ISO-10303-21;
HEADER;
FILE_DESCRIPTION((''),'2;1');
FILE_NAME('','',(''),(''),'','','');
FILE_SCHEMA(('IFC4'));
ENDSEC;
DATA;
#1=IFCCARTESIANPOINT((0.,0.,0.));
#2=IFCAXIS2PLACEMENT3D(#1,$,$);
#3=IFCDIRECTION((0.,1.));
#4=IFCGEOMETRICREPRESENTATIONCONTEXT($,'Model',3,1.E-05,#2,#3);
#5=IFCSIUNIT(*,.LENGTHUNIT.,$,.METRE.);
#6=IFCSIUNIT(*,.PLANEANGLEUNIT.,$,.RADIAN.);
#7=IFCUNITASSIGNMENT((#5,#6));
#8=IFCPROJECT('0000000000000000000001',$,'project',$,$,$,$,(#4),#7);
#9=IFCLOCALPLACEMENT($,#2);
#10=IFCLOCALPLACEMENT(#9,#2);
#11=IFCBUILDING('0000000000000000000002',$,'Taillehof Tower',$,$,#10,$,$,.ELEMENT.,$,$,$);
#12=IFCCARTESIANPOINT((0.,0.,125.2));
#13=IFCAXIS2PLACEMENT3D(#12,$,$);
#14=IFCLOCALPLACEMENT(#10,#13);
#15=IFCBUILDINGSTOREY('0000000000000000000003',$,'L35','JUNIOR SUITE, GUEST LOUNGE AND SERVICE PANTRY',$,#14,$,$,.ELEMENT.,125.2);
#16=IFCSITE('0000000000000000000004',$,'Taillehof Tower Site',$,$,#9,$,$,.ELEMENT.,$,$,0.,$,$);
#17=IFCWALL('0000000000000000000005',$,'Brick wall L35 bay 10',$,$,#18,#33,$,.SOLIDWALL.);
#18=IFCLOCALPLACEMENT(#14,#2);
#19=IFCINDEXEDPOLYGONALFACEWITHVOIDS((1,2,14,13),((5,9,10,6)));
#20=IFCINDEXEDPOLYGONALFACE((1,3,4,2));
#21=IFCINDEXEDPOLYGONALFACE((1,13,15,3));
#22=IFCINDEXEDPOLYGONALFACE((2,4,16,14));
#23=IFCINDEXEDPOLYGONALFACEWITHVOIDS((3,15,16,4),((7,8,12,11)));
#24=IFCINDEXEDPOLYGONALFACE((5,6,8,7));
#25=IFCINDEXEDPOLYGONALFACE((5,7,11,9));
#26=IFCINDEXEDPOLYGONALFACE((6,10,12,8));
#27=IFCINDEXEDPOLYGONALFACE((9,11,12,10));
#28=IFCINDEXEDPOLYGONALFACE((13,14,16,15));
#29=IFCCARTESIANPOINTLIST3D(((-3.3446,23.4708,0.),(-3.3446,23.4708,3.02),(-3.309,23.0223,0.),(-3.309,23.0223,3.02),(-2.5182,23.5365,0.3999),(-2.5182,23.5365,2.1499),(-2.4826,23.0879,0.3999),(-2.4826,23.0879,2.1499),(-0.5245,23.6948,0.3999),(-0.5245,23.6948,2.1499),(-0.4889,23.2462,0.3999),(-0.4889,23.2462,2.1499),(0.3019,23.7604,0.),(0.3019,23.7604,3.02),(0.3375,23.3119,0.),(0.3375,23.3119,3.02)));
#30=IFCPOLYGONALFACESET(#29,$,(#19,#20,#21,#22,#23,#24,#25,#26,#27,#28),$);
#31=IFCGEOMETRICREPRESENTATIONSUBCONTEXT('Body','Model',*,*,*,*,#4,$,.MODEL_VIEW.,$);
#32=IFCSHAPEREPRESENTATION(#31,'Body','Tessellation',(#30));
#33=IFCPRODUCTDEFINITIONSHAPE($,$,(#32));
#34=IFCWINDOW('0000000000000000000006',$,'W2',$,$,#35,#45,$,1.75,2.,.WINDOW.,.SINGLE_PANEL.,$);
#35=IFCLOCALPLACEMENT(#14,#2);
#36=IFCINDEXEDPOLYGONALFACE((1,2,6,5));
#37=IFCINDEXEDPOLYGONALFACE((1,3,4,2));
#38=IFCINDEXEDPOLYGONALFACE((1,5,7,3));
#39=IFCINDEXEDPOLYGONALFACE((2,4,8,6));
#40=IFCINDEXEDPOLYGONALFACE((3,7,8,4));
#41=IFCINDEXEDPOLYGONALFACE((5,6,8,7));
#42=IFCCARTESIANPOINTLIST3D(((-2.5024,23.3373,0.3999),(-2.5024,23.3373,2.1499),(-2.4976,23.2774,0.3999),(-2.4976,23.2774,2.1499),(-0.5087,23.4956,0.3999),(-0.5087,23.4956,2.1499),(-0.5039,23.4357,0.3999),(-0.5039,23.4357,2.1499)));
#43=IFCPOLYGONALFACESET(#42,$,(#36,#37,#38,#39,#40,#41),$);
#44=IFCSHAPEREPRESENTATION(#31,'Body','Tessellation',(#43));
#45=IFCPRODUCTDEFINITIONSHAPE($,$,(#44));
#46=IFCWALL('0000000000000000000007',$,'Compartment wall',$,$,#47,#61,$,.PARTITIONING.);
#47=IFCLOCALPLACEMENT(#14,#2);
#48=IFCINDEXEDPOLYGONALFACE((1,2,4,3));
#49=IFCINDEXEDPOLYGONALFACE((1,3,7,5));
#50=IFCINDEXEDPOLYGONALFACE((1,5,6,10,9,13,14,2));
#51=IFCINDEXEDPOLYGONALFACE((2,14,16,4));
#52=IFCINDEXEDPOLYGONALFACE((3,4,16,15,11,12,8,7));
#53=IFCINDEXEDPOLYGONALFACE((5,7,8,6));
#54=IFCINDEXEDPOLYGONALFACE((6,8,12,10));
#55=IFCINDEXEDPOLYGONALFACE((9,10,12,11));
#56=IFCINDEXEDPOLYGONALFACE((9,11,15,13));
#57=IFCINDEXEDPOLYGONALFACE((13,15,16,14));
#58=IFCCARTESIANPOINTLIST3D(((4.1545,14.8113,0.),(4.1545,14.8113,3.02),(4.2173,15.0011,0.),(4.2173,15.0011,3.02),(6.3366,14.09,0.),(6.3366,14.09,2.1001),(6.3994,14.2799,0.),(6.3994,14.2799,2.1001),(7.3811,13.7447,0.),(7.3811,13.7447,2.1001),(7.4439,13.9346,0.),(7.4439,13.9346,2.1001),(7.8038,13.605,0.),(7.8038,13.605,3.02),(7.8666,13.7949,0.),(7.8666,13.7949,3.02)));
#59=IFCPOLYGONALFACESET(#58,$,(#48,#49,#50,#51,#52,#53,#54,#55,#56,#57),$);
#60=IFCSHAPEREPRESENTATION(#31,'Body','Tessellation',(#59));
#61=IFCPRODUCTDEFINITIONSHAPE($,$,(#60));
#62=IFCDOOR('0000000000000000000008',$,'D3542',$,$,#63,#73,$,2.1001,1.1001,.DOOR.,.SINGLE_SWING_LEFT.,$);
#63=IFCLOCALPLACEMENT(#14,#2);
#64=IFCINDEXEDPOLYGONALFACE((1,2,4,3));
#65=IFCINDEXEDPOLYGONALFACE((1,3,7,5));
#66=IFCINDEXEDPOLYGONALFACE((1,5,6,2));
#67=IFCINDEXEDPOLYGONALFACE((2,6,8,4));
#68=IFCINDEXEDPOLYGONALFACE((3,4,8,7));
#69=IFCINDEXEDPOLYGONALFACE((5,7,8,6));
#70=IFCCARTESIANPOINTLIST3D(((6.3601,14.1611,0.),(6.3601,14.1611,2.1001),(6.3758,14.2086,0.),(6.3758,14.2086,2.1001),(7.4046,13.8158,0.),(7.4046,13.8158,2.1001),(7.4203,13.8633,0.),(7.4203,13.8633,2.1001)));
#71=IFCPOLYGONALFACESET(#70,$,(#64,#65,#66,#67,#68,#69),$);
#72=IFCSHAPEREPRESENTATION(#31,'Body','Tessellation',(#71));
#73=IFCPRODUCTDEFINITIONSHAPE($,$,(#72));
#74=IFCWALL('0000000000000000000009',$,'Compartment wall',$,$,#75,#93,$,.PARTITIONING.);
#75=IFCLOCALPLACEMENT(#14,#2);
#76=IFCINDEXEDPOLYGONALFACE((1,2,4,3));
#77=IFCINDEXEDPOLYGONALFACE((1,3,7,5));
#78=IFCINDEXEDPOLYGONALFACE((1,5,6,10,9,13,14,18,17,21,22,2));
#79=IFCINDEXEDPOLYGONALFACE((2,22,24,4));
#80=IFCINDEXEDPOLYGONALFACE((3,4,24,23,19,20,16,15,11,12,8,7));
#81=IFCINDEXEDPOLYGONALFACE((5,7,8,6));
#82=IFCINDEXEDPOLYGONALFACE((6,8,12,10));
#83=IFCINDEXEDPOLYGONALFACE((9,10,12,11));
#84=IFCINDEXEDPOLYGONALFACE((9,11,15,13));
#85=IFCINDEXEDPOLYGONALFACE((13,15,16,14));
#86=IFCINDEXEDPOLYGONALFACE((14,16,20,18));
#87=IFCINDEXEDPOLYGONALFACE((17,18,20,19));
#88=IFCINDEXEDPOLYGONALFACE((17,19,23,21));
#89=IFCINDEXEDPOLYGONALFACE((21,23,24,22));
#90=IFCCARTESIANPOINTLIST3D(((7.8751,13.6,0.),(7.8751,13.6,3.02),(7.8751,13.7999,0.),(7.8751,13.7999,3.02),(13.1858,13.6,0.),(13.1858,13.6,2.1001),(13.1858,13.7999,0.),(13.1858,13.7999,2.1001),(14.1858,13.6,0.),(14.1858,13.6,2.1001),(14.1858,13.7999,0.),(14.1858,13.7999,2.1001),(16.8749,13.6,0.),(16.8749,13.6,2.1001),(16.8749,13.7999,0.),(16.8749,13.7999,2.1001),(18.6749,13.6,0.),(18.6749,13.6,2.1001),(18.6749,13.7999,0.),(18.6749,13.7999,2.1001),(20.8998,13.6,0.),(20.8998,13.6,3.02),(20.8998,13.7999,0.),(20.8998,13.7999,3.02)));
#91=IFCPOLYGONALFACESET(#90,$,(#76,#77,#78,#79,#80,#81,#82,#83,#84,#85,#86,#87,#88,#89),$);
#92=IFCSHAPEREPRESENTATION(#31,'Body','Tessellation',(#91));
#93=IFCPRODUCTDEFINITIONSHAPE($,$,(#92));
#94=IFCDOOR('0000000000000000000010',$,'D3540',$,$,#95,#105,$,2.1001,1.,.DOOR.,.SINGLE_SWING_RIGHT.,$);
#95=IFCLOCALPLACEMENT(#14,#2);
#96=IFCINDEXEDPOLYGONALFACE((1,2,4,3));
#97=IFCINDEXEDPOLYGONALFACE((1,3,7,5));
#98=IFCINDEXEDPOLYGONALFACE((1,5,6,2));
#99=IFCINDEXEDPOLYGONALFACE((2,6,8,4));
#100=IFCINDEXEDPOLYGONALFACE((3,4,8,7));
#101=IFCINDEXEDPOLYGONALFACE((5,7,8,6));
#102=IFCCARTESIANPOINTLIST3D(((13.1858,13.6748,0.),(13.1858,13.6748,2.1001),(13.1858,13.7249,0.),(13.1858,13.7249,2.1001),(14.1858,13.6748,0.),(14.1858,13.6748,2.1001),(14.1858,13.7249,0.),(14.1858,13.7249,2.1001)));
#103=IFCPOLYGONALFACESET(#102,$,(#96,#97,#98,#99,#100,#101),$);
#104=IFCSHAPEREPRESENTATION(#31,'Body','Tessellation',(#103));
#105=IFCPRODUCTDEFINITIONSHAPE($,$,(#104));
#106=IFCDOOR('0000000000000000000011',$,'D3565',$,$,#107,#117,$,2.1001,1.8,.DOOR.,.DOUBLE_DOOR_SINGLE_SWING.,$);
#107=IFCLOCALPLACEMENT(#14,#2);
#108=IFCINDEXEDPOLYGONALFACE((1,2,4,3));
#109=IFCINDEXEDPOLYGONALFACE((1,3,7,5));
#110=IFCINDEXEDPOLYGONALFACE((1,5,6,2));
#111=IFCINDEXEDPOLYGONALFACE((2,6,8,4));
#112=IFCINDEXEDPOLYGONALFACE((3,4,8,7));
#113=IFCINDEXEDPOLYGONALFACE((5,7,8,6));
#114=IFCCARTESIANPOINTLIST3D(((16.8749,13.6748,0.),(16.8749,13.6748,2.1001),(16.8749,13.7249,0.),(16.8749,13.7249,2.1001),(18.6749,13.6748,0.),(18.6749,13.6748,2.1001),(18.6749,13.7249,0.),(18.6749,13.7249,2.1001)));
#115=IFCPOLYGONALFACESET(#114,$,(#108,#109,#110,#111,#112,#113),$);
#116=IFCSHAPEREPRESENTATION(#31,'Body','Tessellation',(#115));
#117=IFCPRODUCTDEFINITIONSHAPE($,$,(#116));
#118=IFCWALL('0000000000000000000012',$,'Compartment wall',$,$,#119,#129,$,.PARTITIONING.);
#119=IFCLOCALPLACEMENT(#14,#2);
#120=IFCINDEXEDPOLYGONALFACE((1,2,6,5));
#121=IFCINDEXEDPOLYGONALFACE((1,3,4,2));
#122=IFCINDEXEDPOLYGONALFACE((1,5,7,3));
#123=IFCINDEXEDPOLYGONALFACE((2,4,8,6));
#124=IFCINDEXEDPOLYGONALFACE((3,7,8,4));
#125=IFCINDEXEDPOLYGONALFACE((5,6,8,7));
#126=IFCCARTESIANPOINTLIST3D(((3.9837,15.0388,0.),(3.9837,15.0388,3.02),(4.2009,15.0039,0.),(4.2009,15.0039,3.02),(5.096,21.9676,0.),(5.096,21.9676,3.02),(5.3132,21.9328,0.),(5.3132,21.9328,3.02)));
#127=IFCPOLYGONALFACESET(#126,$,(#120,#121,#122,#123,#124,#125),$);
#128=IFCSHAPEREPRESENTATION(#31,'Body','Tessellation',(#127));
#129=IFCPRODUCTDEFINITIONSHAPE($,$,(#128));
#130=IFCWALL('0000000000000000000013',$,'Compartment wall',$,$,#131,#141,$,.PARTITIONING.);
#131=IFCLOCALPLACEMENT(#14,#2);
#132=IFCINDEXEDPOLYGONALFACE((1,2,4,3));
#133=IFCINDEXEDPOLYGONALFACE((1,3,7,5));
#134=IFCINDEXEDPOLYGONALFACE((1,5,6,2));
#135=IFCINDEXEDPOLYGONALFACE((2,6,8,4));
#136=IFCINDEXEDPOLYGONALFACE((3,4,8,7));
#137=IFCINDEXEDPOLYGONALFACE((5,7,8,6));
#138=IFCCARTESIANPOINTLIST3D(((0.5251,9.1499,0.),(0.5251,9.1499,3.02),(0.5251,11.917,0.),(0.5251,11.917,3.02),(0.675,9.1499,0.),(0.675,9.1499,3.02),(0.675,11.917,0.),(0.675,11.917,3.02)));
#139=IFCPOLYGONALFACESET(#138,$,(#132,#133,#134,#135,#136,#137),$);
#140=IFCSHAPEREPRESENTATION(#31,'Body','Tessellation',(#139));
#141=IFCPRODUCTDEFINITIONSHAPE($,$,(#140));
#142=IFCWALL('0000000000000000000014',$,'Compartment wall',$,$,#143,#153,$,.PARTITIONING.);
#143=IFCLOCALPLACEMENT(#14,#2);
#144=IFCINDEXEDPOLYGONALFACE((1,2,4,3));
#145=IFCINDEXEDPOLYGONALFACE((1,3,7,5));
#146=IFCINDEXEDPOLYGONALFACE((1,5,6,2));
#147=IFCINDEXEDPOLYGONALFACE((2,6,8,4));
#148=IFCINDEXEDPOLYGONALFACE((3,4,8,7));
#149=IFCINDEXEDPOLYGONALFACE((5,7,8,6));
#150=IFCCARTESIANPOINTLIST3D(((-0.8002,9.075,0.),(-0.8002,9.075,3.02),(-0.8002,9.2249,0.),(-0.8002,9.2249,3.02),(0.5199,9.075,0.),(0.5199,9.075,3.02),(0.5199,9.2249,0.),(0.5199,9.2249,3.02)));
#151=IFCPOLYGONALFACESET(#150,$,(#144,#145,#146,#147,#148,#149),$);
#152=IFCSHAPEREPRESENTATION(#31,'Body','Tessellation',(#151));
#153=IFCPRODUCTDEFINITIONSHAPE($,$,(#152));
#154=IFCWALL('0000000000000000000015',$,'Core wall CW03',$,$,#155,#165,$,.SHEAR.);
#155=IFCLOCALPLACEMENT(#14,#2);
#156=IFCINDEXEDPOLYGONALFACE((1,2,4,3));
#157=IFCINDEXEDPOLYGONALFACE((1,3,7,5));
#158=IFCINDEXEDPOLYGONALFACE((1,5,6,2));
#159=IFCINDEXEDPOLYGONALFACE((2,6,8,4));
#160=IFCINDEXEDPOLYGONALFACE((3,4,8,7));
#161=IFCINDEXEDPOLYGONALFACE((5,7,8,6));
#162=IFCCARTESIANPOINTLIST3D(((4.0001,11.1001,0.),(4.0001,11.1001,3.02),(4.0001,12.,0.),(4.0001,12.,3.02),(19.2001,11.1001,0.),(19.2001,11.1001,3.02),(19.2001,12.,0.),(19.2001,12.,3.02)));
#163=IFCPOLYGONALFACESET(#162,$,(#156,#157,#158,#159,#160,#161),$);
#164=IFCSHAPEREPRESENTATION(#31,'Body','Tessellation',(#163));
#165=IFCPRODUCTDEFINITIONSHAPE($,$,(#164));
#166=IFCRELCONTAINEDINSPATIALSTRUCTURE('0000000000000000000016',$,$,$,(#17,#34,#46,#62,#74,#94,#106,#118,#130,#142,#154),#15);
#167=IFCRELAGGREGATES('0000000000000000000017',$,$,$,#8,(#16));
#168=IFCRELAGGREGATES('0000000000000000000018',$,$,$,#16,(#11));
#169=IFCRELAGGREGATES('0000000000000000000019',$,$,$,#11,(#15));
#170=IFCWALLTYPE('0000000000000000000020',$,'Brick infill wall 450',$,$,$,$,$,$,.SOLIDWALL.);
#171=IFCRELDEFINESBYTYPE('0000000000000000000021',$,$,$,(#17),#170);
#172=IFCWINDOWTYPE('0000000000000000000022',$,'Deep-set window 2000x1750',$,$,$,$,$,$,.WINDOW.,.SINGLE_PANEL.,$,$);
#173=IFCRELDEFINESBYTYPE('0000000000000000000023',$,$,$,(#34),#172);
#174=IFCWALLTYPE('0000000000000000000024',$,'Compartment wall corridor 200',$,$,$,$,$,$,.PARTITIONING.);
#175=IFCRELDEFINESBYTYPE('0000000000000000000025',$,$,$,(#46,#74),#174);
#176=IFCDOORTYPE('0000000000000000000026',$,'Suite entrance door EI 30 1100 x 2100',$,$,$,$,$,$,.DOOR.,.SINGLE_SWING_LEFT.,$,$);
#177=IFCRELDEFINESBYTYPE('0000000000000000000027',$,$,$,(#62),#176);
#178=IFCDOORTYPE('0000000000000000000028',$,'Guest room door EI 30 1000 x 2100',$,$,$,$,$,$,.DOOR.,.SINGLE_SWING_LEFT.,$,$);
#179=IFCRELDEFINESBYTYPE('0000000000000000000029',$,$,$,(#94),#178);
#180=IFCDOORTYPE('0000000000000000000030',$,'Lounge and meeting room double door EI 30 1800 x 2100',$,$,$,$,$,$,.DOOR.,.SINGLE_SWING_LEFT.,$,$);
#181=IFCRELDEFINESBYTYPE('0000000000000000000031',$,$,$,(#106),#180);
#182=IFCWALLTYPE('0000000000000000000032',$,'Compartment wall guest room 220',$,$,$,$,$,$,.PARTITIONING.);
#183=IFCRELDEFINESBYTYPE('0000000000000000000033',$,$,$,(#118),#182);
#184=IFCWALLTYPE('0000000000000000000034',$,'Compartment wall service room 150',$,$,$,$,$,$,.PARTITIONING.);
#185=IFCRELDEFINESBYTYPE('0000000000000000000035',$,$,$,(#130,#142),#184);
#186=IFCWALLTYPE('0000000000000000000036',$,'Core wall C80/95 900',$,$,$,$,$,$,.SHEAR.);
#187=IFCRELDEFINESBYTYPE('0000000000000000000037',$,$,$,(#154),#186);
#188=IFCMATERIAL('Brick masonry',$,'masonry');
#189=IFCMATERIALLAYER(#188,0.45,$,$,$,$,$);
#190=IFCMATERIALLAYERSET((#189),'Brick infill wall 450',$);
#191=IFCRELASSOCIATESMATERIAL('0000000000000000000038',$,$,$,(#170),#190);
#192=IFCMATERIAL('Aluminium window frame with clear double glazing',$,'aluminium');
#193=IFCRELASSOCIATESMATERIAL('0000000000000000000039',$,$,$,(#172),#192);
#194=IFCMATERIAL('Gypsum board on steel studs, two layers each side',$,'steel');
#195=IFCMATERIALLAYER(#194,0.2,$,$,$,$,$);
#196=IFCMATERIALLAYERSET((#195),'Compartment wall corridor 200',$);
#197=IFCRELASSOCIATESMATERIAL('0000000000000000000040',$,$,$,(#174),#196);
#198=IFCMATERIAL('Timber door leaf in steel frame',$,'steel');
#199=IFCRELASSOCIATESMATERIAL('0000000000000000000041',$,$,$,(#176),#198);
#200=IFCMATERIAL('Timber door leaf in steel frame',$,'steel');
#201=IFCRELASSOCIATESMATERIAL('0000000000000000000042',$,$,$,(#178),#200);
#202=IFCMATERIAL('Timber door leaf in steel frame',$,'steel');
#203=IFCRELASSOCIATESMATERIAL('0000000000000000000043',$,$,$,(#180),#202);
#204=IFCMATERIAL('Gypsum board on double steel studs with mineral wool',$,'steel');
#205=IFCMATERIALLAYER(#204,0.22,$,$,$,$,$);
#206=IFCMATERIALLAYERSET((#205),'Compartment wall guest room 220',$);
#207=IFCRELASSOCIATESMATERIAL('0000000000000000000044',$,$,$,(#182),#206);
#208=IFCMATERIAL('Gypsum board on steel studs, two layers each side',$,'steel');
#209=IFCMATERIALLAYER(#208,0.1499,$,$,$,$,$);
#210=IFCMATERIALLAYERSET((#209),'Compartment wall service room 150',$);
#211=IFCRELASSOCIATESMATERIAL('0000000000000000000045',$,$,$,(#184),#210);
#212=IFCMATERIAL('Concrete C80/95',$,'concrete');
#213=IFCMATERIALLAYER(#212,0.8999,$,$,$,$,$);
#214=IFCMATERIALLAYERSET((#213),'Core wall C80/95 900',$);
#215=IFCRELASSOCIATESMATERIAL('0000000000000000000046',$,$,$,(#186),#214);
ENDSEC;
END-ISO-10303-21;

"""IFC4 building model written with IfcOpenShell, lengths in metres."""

from ifc_helpers import new_model, si_unit, direction, frame, frame_2d, origin, place, context, subcontext, project, spatial, rectangle, extrude, material, layer, layer_set, type_object, element, fill, save


model = new_model("IFC4")

# Units and contexts
model_context = context("Model", 3, precision=1e-05, world=origin(), true_north=direction((0.0, 1.0)))
body_context = subcontext(model_context, "Body", "Model", "MODEL_VIEW")
ifc_project = project(units=[si_unit("LENGTHUNIT", "METRE"), si_unit("PLANEANGLEUNIT", "RADIAN")], contexts=[model_context])

# Site, building, storey
site_placement = place(None, origin())
site = spatial("IfcSite", under=ifc_project, at=site_placement, Name="Taillehof Tower Site", CompositionType="ELEMENT", RefElevation=0.0)
building_placement = place(site_placement, origin())
building = spatial("IfcBuilding", under=site, at=building_placement, Name="Taillehof Tower", CompositionType="ELEMENT")
storey_placement = place(building_placement, frame((0.0, 0.0, 125.2)))
storey = spatial("IfcBuildingStorey", under=building, at=storey_placement, Name="L35", Description="JUNIOR SUITE, GUEST LOUNGE AND SERVICE PANTRY", CompositionType="ELEMENT", Elevation=125.2)

# Wall, opening, window
ifc_material_1 = material(Name="Brick masonry", Category="masonry")
ifc_layer_1 = layer(ifc_material_1, 0.45)
ifc_layer_set_1 = layer_set([ifc_layer_1], Name="Brick infill wall 450")
wall_type_1 = type_object("IfcWallType", Name="Brick infill wall 450", PredefinedType="SOLIDWALL", material=ifc_layer_set_1)
ifc_material_2 = material(Name="Aluminium window frame with clear double glazing", Category="aluminium")
window_type = type_object("IfcWindowType", Name="Deep-set window 2000x1750", PartitioningType="SINGLE_PANEL", PredefinedType="WINDOW", material=ifc_material_2)
wall_1_placement = place(storey_placement, frame((0.3198, 23.5361, 0.0), z_axis=(0.0, 0.0, 1.0), x_axis=(-0.996862, -0.079156, 0.0)))
wall_1 = element("IfcWall", 1, at=wall_1_placement, inside=storey, type_object=wall_type_1, Name="Brick wall L35 bay 10", PredefinedType="SOLIDWALL", context=body_context, shape_type="SweptSolid", body=[
    extrude(rectangle(XDim=3.658, YDim=0.45, at=frame_2d((1.8291, 0.0))), origin(), (0.0, 0.0, 1.0), 3.02),
])
opening_1_placement = place(wall_1_placement, frame((0.8291, 0.0, 0.3999)))
opening_1 = element("IfcOpeningElement", 2, at=opening_1_placement, cuts=wall_1, PredefinedType="OPENING", context=body_context, shape_type="SweptSolid", body=[
    extrude(rectangle(XDim=2.0, YDim=1.75, at=frame_2d((1.0, 0.875))), frame((0.0, 0.2349, 0.0), z_axis=(0.0, -1.0, 0.0), x_axis=(1.0, 0.0, 0.0)), (0.0, 0.0, 1.0), 0.47),
])
window_1_placement = place(opening_1_placement, origin())
window_1 = element("IfcWindow", 3, at=window_1_placement, inside=storey, type_object=window_type, Name="W2", OverallHeight=1.75, OverallWidth=2.0, PartitioningType="SINGLE_PANEL", PredefinedType="WINDOW", context=body_context, shape_type="SweptSolid", body=[
    extrude(rectangle(XDim=2.0, YDim=1.75, at=frame_2d((1.0, 0.875))), frame((0.0, 0.0349, 0.0), z_axis=(0.0, -1.0, 0.0), x_axis=(1.0, 0.0, 0.0)), (0.0, 0.0, 1.0), 0.0601),
])
fill(opening_1, window_1)

# Wall, opening, door
ifc_material_3 = material(Name="Gypsum board on steel studs, two layers each side", Category="steel")
ifc_layer_2 = layer(ifc_material_3, 0.2)
ifc_layer_set_2 = layer_set([ifc_layer_2], Name="Compartment wall corridor 200")
wall_type_2 = type_object("IfcWallType", Name="Compartment wall corridor 200", PredefinedType="PARTITIONING", material=ifc_layer_set_2)
wall_2_placement = place(storey_placement, frame((4.1858, 14.9062, 0.0), z_axis=(0.0, 0.0, 1.0), x_axis=(0.949474, -0.313845, 0.0)))
wall_2 = element("IfcWall", 4, at=wall_2_placement, inside=storey, type_object=wall_type_2, Name="Compartment wall", PredefinedType="PARTITIONING", context=body_context, shape_type="SweptSolid", body=[
    extrude(rectangle(XDim=3.8435, YDim=0.2, at=frame_2d((1.9219, 0.0))), origin(), (0.0, 0.0, 1.0), 3.02),
])
opening_2_placement = place(wall_2_placement, frame((2.2983, 0.0, 0.0)))
opening_2 = element("IfcOpeningElement", 5, at=opening_2_placement, cuts=wall_2, PredefinedType="OPENING", context=body_context, shape_type="SweptSolid", body=[
    extrude(rectangle(XDim=1.1001, YDim=2.1001, at=frame_2d((0.55, 1.05))), frame((0.0, 0.1099, 0.0), z_axis=(0.0, -1.0, 0.0), x_axis=(1.0, 0.0, 0.0)), (0.0, 0.0, 1.0), 0.22),
])
ifc_material_4 = material(Name="Timber door leaf in steel frame", Category="steel")
door_type_1 = type_object("IfcDoorType", Name="Suite entrance door EI 30 1100 x 2100", OperationType="SINGLE_SWING_LEFT", PredefinedType="DOOR", material=ifc_material_4)
door_1_placement = place(opening_2_placement, origin())
door_1 = element("IfcDoor", 6, at=door_1_placement, inside=storey, type_object=door_type_1, Name="D3542", OperationType="SINGLE_SWING_LEFT", OverallHeight=2.1001, OverallWidth=1.1001, PredefinedType="DOOR", context=body_context, shape_type="SweptSolid", body=[
    extrude(rectangle(XDim=1.1001, YDim=2.1001, at=frame_2d((0.55, 1.05))), frame((0.0, 0.0249, 0.0), z_axis=(0.0, -1.0, 0.0), x_axis=(1.0, 0.0, 0.0)), (0.0, 0.0, 1.0), 0.05),
])
fill(opening_2, door_1)

# Wall, openings, doors
wall_3_placement = place(storey_placement, frame((7.8752, 13.7, 0.0), z_axis=(0.0, 0.0, 1.0), x_axis=(1.0, 0.0, 0.0)))
wall_3 = element("IfcWall", 7, at=wall_3_placement, inside=storey, type_object=wall_type_2, Name="Compartment wall", PredefinedType="PARTITIONING", context=body_context, shape_type="SweptSolid", body=[
    extrude(rectangle(XDim=13.0247, YDim=0.2, at=frame_2d((6.5122, 0.0))), origin(), (0.0, 0.0, 1.0), 3.02),
])
opening_3_placement = place(wall_3_placement, frame((5.3105, 0.0, 0.0)))
opening_3 = element("IfcOpeningElement", 8, at=opening_3_placement, cuts=wall_3, PredefinedType="OPENING", context=body_context, shape_type="SweptSolid", body=[
    extrude(rectangle(XDim=1.0, YDim=2.1001, at=frame_2d((0.5, 1.05))), frame((0.0, 0.1099, 0.0), z_axis=(0.0, -1.0, 0.0), x_axis=(1.0, 0.0, 0.0)), (0.0, 0.0, 1.0), 0.22),
])
opening_4_placement = place(wall_3_placement, frame((8.9998, 0.0, 0.0)))
opening_4 = element("IfcOpeningElement", 9, at=opening_4_placement, cuts=wall_3, PredefinedType="OPENING", context=body_context, shape_type="SweptSolid", body=[
    extrude(rectangle(XDim=1.8, YDim=2.1001, at=frame_2d((0.8999, 1.05))), frame((0.0, 0.1099, 0.0), z_axis=(0.0, -1.0, 0.0), x_axis=(1.0, 0.0, 0.0)), (0.0, 0.0, 1.0), 0.22),
])
ifc_material_5 = material(Name="Timber door leaf in steel frame", Category="steel")
door_type_2 = type_object("IfcDoorType", Name="Guest room door EI 30 1000 x 2100", OperationType="SINGLE_SWING_LEFT", PredefinedType="DOOR", material=ifc_material_5)
door_2_placement = place(opening_3_placement, origin())
door_2 = element("IfcDoor", 10, at=door_2_placement, inside=storey, type_object=door_type_2, Name="D3540", OperationType="SINGLE_SWING_RIGHT", OverallHeight=2.1001, OverallWidth=1.0, PredefinedType="DOOR", context=body_context, shape_type="SweptSolid", body=[
    extrude(rectangle(XDim=1.0, YDim=2.1001, at=frame_2d((0.5, 1.05))), frame((0.0, 0.0249, 0.0), z_axis=(0.0, -1.0, 0.0), x_axis=(1.0, 0.0, 0.0)), (0.0, 0.0, 1.0), 0.05),
])
fill(opening_3, door_2)
ifc_material_6 = material(Name="Timber door leaf in steel frame", Category="steel")
door_type_3 = type_object("IfcDoorType", Name="Lounge and meeting room double door EI 30 1800 x 2100", OperationType="SINGLE_SWING_LEFT", PredefinedType="DOOR", material=ifc_material_6)
door_3_placement = place(opening_4_placement, origin())
door_3 = element("IfcDoor", 11, at=door_3_placement, inside=storey, type_object=door_type_3, Name="D3565", OperationType="DOUBLE_DOOR_SINGLE_SWING", OverallHeight=2.1001, OverallWidth=1.8, PredefinedType="DOOR", context=body_context, shape_type="SweptSolid", body=[
    extrude(rectangle(XDim=1.8, YDim=2.1001, at=frame_2d((0.8999, 1.05))), frame((0.0, 0.0249, 0.0), z_axis=(0.0, -1.0, 0.0), x_axis=(1.0, 0.0, 0.0)), (0.0, 0.0, 1.0), 0.05),
])
fill(opening_4, door_3)

# Walls
ifc_material_7 = material(Name="Gypsum board on double steel studs with mineral wool", Category="steel")
ifc_layer_3 = layer(ifc_material_7, 0.22)
ifc_layer_set_3 = layer_set([ifc_layer_3], Name="Compartment wall guest room 220")
wall_type_3 = type_object("IfcWallType", Name="Compartment wall guest room 220", PredefinedType="PARTITIONING", material=ifc_layer_set_3)
wall_4_placement = place(storey_placement, frame((5.2046, 21.9502, 0.0), z_axis=(0.0, 0.0, 1.0), x_axis=(-0.158501, -0.987359, 0.0)))
element("IfcWall", 12, at=wall_4_placement, inside=storey, type_object=wall_type_3, Name="Compartment wall", PredefinedType="PARTITIONING", context=body_context, shape_type="SweptSolid", body=[
    extrude(rectangle(XDim=7.0176, YDim=0.22, at=frame_2d((3.5088, 0.0))), origin(), (0.0, 0.0, 1.0), 3.02),
])
ifc_material_8 = material(Name="Gypsum board on steel studs, two layers each side", Category="steel")
ifc_layer_4 = layer(ifc_material_8, 0.1499)
ifc_layer_set_4 = layer_set([ifc_layer_4], Name="Compartment wall service room 150")
wall_type_4 = type_object("IfcWallType", Name="Compartment wall service room 150", PredefinedType="PARTITIONING", material=ifc_layer_set_4)
wall_5_placement = place(storey_placement, frame((0.6001, 11.917, 0.0), z_axis=(0.0, 0.0, 1.0), x_axis=(0.0, -1.0, 0.0)))
element("IfcWall", 13, at=wall_5_placement, inside=storey, type_object=wall_type_4, Name="Compartment wall", PredefinedType="PARTITIONING", context=body_context, shape_type="SweptSolid", body=[
    extrude(rectangle(XDim=2.7671, YDim=0.1499, at=frame_2d((1.3835, 0.0))), origin(), (0.0, 0.0, 1.0), 3.02),
])
wall_6_placement = place(storey_placement, frame((0.52, 9.1499, 0.0), z_axis=(0.0, 0.0, 1.0), x_axis=(-1.0, 0.0, 0.0)))
element("IfcWall", 14, at=wall_6_placement, inside=storey, type_object=wall_type_4, Name="Compartment wall", PredefinedType="PARTITIONING", context=body_context, shape_type="SweptSolid", body=[
    extrude(rectangle(XDim=1.3201, YDim=0.1499, at=frame_2d((0.6602, 0.0))), origin(), (0.0, 0.0, 1.0), 3.02),
])
ifc_material_9 = material(Name="Concrete C80/95", Category="concrete")
ifc_layer_5 = layer(ifc_material_9, 0.8999)
ifc_layer_set_5 = layer_set([ifc_layer_5], Name="Core wall C80/95 900")
wall_type_5 = type_object("IfcWallType", Name="Core wall C80/95 900", PredefinedType="SHEAR", material=ifc_layer_set_5)
wall_7_placement = place(storey_placement, frame((4.0, 11.55, 0.0), z_axis=(0.0, 0.0, 1.0), x_axis=(1.0, 0.0, 0.0)))
element("IfcWall", 15, at=wall_7_placement, inside=storey, type_object=wall_type_5, Name="Core wall CW03", PredefinedType="SHEAR", context=body_context, shape_type="SweptSolid", body=[
    extrude(rectangle(XDim=15.2, YDim=0.8999, at=frame_2d((7.6001, 0.0))), origin(), (0.0, 0.0, 1.0), 3.02),
])

save(model, "model.ifc")
